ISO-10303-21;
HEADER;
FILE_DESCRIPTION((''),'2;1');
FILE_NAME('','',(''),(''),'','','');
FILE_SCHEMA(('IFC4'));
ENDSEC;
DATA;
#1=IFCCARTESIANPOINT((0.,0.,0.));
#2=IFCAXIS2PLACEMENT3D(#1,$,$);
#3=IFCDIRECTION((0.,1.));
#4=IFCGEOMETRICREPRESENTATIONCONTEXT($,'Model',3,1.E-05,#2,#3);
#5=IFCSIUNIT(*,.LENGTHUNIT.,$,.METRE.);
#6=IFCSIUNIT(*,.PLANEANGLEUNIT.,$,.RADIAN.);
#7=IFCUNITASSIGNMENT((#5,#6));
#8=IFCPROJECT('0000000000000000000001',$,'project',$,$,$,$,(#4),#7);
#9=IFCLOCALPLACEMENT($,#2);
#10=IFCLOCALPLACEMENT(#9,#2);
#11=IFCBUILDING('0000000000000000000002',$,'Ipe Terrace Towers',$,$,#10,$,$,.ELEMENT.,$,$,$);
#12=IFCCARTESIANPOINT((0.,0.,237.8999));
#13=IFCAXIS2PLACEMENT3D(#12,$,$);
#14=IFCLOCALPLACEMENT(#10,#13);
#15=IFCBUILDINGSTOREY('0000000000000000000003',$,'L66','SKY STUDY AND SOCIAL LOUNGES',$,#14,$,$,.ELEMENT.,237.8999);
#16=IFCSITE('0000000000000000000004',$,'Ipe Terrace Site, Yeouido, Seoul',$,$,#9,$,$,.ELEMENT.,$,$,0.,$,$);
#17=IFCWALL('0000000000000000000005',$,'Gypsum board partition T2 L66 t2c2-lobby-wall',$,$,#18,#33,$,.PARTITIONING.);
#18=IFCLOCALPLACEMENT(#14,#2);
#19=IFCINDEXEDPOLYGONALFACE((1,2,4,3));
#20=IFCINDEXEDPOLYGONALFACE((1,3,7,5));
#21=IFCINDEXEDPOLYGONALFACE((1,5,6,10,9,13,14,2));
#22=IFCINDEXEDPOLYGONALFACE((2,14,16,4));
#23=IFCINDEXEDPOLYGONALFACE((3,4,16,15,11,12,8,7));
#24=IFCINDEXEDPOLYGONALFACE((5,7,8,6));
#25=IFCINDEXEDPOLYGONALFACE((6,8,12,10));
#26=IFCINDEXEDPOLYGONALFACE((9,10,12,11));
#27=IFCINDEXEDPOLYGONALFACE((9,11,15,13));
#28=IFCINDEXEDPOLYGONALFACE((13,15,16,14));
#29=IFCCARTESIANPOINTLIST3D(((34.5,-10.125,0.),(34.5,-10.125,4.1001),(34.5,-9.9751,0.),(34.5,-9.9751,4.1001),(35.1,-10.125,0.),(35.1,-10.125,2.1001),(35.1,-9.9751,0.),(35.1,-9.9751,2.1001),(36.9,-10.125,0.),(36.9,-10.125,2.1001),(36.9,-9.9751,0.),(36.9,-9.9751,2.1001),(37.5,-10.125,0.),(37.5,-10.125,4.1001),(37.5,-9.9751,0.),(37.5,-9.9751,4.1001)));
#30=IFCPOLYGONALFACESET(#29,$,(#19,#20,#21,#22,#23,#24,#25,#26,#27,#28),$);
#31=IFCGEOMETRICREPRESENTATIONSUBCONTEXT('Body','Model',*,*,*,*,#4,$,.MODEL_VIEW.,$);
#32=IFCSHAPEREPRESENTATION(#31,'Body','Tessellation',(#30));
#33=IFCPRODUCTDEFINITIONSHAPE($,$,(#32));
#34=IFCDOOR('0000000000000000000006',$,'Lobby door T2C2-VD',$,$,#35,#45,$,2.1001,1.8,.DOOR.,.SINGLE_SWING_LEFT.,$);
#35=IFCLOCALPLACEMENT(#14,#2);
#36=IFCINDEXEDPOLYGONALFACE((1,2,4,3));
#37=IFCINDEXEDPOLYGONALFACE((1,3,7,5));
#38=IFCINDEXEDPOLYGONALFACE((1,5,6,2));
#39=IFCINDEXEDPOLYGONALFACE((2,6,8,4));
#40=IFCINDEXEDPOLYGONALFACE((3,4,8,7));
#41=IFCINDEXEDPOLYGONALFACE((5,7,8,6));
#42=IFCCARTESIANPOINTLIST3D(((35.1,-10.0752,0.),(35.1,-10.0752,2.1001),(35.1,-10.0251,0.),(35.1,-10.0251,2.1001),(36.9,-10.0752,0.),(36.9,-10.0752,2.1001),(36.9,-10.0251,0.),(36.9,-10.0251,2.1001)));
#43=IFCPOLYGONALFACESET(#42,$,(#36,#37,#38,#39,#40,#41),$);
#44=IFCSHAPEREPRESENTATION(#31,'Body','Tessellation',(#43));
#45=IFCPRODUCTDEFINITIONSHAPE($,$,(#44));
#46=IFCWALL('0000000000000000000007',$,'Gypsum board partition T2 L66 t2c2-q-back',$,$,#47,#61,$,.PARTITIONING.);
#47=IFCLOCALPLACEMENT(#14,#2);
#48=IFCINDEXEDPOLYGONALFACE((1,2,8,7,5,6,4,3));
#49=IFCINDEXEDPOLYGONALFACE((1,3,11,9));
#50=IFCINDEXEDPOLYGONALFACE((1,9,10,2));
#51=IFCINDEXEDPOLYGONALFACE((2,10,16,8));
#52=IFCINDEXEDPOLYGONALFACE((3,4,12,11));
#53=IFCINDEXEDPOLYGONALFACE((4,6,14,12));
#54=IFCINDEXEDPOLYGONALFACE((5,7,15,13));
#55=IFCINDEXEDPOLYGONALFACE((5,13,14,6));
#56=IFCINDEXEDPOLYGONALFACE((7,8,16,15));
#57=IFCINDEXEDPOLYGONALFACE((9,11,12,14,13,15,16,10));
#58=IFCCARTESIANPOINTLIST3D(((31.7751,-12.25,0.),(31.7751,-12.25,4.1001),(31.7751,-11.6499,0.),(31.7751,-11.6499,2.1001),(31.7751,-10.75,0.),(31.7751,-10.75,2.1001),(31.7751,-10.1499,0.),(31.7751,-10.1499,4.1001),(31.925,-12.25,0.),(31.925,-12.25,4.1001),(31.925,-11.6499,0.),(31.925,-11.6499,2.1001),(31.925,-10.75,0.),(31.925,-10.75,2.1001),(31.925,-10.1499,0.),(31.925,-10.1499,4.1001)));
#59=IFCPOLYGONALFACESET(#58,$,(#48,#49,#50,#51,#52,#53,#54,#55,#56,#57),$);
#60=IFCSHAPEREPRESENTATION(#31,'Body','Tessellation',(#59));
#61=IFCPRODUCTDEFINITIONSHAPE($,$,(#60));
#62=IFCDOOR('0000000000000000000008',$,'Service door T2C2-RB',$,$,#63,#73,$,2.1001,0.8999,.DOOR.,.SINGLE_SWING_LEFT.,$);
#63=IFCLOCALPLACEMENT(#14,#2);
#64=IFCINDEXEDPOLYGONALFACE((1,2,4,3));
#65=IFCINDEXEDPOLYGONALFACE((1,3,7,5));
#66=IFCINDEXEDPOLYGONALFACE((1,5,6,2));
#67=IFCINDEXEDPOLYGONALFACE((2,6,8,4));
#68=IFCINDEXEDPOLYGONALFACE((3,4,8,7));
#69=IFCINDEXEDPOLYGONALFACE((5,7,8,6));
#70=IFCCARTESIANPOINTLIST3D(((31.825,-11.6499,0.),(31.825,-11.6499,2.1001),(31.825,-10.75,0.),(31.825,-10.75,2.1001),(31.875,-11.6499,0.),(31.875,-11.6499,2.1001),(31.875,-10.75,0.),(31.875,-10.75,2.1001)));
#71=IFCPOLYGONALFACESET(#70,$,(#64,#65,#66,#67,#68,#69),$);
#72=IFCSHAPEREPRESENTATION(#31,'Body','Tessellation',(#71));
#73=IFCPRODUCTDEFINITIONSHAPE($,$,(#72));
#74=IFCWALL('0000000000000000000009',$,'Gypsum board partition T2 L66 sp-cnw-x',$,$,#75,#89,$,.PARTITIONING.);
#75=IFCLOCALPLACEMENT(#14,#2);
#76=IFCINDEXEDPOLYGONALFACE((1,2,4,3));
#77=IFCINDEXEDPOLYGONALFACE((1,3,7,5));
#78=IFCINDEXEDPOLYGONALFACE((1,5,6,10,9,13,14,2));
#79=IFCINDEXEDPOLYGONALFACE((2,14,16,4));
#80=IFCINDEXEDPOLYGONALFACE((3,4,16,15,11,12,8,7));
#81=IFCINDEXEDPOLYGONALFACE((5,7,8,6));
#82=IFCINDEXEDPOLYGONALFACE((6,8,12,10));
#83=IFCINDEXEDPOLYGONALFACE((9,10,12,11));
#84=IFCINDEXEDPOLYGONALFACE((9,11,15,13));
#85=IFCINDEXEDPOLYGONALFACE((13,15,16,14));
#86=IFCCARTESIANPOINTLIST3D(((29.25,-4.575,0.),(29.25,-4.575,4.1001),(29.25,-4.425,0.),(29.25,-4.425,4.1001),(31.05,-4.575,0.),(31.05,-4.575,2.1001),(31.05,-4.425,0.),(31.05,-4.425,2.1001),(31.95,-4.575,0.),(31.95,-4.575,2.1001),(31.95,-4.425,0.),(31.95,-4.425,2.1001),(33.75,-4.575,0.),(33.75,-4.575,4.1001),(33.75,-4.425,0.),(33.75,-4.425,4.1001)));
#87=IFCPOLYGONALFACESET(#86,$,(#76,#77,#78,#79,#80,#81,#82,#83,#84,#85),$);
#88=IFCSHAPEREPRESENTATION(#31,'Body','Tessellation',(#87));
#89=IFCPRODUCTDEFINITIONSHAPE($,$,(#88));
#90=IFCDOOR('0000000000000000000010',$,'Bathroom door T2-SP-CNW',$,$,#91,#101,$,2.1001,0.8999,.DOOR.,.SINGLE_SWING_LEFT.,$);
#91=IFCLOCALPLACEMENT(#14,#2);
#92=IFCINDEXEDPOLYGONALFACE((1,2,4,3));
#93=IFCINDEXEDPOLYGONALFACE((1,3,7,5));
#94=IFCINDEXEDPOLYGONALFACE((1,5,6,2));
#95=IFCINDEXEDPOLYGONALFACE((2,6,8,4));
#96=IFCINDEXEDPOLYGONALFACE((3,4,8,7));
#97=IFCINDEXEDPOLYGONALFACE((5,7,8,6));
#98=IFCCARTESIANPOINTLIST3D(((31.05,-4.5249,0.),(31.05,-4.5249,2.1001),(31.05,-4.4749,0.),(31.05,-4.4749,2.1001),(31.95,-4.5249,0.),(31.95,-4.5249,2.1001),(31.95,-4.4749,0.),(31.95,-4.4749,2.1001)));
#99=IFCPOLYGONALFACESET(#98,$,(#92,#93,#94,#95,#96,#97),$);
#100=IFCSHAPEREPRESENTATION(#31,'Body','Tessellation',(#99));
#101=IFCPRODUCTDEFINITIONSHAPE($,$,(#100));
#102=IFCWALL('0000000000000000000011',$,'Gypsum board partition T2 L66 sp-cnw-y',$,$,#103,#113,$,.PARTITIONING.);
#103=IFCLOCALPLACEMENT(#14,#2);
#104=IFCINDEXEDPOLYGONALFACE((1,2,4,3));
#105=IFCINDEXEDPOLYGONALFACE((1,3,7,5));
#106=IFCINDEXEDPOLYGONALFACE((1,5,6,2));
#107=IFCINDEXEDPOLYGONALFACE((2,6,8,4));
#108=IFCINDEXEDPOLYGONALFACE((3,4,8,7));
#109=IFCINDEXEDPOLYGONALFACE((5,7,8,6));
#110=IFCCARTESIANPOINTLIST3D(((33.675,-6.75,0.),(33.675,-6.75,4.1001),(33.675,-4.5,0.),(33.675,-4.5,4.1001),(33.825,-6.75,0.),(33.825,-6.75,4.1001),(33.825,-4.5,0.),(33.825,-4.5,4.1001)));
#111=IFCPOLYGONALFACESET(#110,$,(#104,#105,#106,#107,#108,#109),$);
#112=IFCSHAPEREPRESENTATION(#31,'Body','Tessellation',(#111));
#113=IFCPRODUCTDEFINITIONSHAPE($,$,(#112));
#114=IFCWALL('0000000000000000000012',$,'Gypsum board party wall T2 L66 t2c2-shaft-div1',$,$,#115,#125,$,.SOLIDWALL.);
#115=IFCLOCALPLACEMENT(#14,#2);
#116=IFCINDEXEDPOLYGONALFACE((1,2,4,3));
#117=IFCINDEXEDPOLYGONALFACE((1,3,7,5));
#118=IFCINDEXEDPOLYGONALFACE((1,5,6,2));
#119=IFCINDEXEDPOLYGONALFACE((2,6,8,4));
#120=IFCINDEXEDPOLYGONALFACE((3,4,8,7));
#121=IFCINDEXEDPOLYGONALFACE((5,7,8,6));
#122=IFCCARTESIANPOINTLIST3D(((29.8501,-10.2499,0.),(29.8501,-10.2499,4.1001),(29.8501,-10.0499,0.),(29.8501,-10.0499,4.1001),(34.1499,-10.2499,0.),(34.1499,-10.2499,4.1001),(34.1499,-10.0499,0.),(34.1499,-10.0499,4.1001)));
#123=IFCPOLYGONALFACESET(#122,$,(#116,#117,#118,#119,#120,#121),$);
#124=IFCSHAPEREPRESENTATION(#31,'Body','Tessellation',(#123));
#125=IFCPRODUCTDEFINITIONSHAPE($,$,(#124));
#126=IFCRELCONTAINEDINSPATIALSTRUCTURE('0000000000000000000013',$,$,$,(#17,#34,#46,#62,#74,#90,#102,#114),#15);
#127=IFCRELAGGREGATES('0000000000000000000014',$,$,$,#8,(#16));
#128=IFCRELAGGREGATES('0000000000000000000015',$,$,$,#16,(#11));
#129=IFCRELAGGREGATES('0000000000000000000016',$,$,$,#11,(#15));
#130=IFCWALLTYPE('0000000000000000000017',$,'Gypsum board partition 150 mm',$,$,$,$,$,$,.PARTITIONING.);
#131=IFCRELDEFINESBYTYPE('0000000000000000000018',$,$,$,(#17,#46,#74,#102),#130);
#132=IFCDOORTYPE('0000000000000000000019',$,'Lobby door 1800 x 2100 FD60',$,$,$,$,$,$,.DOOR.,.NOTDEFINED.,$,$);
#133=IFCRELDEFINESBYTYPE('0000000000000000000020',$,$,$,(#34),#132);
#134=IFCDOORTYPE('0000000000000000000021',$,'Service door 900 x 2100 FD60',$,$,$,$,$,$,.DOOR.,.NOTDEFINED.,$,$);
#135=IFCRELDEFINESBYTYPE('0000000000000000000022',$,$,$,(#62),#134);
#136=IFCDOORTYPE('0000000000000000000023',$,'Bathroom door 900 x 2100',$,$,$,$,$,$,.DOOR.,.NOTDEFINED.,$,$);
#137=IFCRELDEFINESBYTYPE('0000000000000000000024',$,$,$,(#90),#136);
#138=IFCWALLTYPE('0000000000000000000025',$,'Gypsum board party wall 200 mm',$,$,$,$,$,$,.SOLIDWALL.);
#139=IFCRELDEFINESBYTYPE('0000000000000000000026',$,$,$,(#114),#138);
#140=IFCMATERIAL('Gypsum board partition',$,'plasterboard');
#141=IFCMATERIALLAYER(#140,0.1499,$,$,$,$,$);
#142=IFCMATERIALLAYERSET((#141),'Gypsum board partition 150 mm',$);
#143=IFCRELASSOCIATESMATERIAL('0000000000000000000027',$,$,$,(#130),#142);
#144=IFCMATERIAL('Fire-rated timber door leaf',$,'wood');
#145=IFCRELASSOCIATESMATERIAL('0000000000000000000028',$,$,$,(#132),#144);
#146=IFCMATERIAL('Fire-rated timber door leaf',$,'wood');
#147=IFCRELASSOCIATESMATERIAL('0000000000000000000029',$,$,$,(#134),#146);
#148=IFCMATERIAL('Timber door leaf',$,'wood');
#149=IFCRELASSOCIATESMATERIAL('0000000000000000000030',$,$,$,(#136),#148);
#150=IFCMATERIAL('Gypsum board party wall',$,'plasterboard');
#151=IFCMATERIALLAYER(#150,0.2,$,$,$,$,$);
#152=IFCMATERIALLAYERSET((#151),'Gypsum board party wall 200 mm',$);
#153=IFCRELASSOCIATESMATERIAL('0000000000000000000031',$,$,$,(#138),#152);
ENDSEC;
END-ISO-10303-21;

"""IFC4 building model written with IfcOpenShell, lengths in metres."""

from ifc_helpers import new_model, si_unit, direction, frame, frame_2d, origin, place, context, subcontext, project, spatial, rectangle, extrude, material, layer, layer_set, type_object, element, fill, save


model = new_model("IFC4")

# Units and contexts
model_context = context("Model", 3, precision=1e-05, world=origin(), true_north=direction((0.0, 1.0)))
body_context = subcontext(model_context, "Body", "Model", "MODEL_VIEW")
ifc_project = project(units=[si_unit("LENGTHUNIT", "METRE"), si_unit("PLANEANGLEUNIT", "RADIAN")], contexts=[model_context])

# Site, building, storey
site_placement = place(None, origin())
site = spatial("IfcSite", under=ifc_project, at=site_placement, Name="Ipe Terrace Site, Yeouido, Seoul", CompositionType="ELEMENT", RefElevation=0.0)
building_placement = place(site_placement, origin())
building = spatial("IfcBuilding", under=site, at=building_placement, Name="Ipe Terrace Towers", CompositionType="ELEMENT")
storey_placement = place(building_placement, frame((0.0, 0.0, 237.8999)))
storey = spatial("IfcBuildingStorey", under=building, at=storey_placement, Name="L66", Description="SKY STUDY AND SOCIAL LOUNGES", CompositionType="ELEMENT", Elevation=237.8999)

# Walls, openings, doors
ifc_material_1 = material(Name="Gypsum board partition", Category="plasterboard")
ifc_layer_1 = layer(ifc_material_1, 0.1499)
ifc_layer_set_1 = layer_set([ifc_layer_1], Name="Gypsum board partition 150 mm")
wall_type_1 = type_object("IfcWallType", Name="Gypsum board partition 150 mm", PredefinedType="PARTITIONING", material=ifc_layer_set_1)
wall_1_placement = place(storey_placement, frame((34.5, -10.05, 0.0), z_axis=(0.0, 0.0, 1.0), x_axis=(1.0, 0.0, 0.0)))
wall_1 = element("IfcWall", 1, at=wall_1_placement, inside=storey, type_object=wall_type_1, Name="Gypsum board partition T2 L66 t2c2-lobby-wall", PredefinedType="PARTITIONING", context=body_context, shape_type="SweptSolid", body=[
    extrude(rectangle(XDim=3.0, YDim=0.1499, at=frame_2d((1.5, 0.0))), origin(), (0.0, 0.0, 1.0), 4.1001),
])
opening_1_placement = place(wall_1_placement, frame((0.6001, 0.0, 0.0)))
opening_1 = element("IfcOpeningElement", 2, at=opening_1_placement, cuts=wall_1, PredefinedType="OPENING", context=body_context, shape_type="SweptSolid", body=[
    extrude(rectangle(XDim=1.8, YDim=2.1001, at=frame_2d((0.8999, 1.05))), frame((0.0, 0.085, 0.0), z_axis=(0.0, -1.0, 0.0), x_axis=(1.0, 0.0, 0.0)), (0.0, 0.0, 1.0), 0.1699),
])
ifc_material_2 = material(Name="Fire-rated timber door leaf", Category="wood")
door_type_1 = type_object("IfcDoorType", Name="Lobby door 1800 x 2100 FD60", OperationType="NOTDEFINED", PredefinedType="DOOR", material=ifc_material_2)
door_1_placement = place(opening_1_placement, origin())
door_1 = element("IfcDoor", 3, at=door_1_placement, inside=storey, type_object=door_type_1, Name="Lobby door T2C2-VD", OperationType="SINGLE_SWING_LEFT", OverallHeight=2.1001, OverallWidth=1.8, PredefinedType="DOOR", context=body_context, shape_type="SweptSolid", body=[
    extrude(rectangle(XDim=1.8, YDim=2.1001, at=frame_2d((0.8999, 1.05))), frame((0.0, 0.0249, 0.0), z_axis=(0.0, -1.0, 0.0), x_axis=(1.0, 0.0, 0.0)), (0.0, 0.0, 1.0), 0.05),
])
fill(opening_1, door_1)
wall_2_placement = place(storey_placement, frame((31.8501, -10.1499, 0.0), z_axis=(0.0, 0.0, 1.0), x_axis=(0.0, -1.0, 0.0)))
wall_2 = element("IfcWall", 4, at=wall_2_placement, inside=storey, type_object=wall_type_1, Name="Gypsum board partition T2 L66 t2c2-q-back", PredefinedType="PARTITIONING", context=body_context, shape_type="SweptSolid", body=[
    extrude(rectangle(XDim=2.1001, YDim=0.1499, at=frame_2d((1.05, 0.0))), origin(), (0.0, 0.0, 1.0), 4.1001),
])
opening_2_placement = place(wall_2_placement, frame((0.6001, 0.0, 0.0)))
opening_2 = element("IfcOpeningElement", 5, at=opening_2_placement, cuts=wall_2, PredefinedType="OPENING", context=body_context, shape_type="SweptSolid", body=[
    extrude(rectangle(XDim=0.8999, YDim=2.1001, at=frame_2d((0.45, 1.05))), frame((0.0, 0.085, 0.0), z_axis=(0.0, -1.0, 0.0), x_axis=(1.0, 0.0, 0.0)), (0.0, 0.0, 1.0), 0.1699),
])
ifc_material_3 = material(Name="Fire-rated timber door leaf", Category="wood")
door_type_2 = type_object("IfcDoorType", Name="Service door 900 x 2100 FD60", OperationType="NOTDEFINED", PredefinedType="DOOR", material=ifc_material_3)
door_2_placement = place(opening_2_placement, origin())
door_2 = element("IfcDoor", 6, at=door_2_placement, inside=storey, type_object=door_type_2, Name="Service door T2C2-RB", OperationType="SINGLE_SWING_LEFT", OverallHeight=2.1001, OverallWidth=0.8999, PredefinedType="DOOR", context=body_context, shape_type="SweptSolid", body=[
    extrude(rectangle(XDim=0.8999, YDim=2.1001, at=frame_2d((0.45, 1.05))), frame((0.0, 0.0249, 0.0), z_axis=(0.0, -1.0, 0.0), x_axis=(1.0, 0.0, 0.0)), (0.0, 0.0, 1.0), 0.05),
])
fill(opening_2, door_2)
wall_3_placement = place(storey_placement, frame((33.75, -4.5, 0.0), z_axis=(0.0, 0.0, 1.0), x_axis=(-1.0, 0.0, 0.0)))
wall_3 = element("IfcWall", 7, at=wall_3_placement, inside=storey, type_object=wall_type_1, Name="Gypsum board partition T2 L66 sp-cnw-x", PredefinedType="PARTITIONING", context=body_context, shape_type="SweptSolid", body=[
    extrude(rectangle(XDim=4.5, YDim=0.1499, at=frame_2d((2.25, 0.0))), origin(), (0.0, 0.0, 1.0), 4.1001),
])
opening_3_placement = place(wall_3_placement, frame((1.8, 0.0, 0.0)))
opening_3 = element("IfcOpeningElement", 8, at=opening_3_placement, cuts=wall_3, PredefinedType="OPENING", context=body_context, shape_type="SweptSolid", body=[
    extrude(rectangle(XDim=0.8999, YDim=2.1001, at=frame_2d((0.45, 1.05))), frame((0.0, 0.085, 0.0), z_axis=(0.0, -1.0, 0.0), x_axis=(1.0, 0.0, 0.0)), (0.0, 0.0, 1.0), 0.1699),
])
ifc_material_4 = material(Name="Timber door leaf", Category="wood")
door_type_3 = type_object("IfcDoorType", Name="Bathroom door 900 x 2100", OperationType="NOTDEFINED", PredefinedType="DOOR", material=ifc_material_4)
door_3_placement = place(opening_3_placement, origin())
door_3 = element("IfcDoor", 9, at=door_3_placement, inside=storey, type_object=door_type_3, Name="Bathroom door T2-SP-CNW", OperationType="SINGLE_SWING_LEFT", OverallHeight=2.1001, OverallWidth=0.8999, PredefinedType="DOOR", context=body_context, shape_type="SweptSolid", body=[
    extrude(rectangle(XDim=0.8999, YDim=2.1001, at=frame_2d((0.45, 1.05))), frame((0.0, 0.0249, 0.0), z_axis=(0.0, -1.0, 0.0), x_axis=(1.0, 0.0, 0.0)), (0.0, 0.0, 1.0), 0.05),
])
fill(opening_3, door_3)

# Walls
wall_4_placement = place(storey_placement, frame((33.75, -6.75, 0.0), z_axis=(0.0, 0.0, 1.0), x_axis=(0.0, 1.0, 0.0)))
element("IfcWall", 10, at=wall_4_placement, inside=storey, type_object=wall_type_1, Name="Gypsum board partition T2 L66 sp-cnw-y", PredefinedType="PARTITIONING", context=body_context, shape_type="SweptSolid", body=[
    extrude(rectangle(XDim=2.25, YDim=0.1499, at=frame_2d((1.125, 0.0))), origin(), (0.0, 0.0, 1.0), 4.1001),
])
ifc_material_5 = material(Name="Gypsum board party wall", Category="plasterboard")
ifc_layer_2 = layer(ifc_material_5, 0.2)
ifc_layer_set_2 = layer_set([ifc_layer_2], Name="Gypsum board party wall 200 mm")
wall_type_2 = type_object("IfcWallType", Name="Gypsum board party wall 200 mm", PredefinedType="SOLIDWALL", material=ifc_layer_set_2)
wall_5_placement = place(storey_placement, frame((29.8501, -10.1499, 0.0), z_axis=(0.0, 0.0, 1.0), x_axis=(1.0, 0.0, 0.0)))
element("IfcWall", 11, at=wall_5_placement, inside=storey, type_object=wall_type_2, Name="Gypsum board party wall T2 L66 t2c2-shaft-div1", PredefinedType="SOLIDWALL", context=body_context, shape_type="SweptSolid", body=[
    extrude(rectangle(XDim=4.2998, YDim=0.2, at=frame_2d((2.1499, 0.0))), origin(), (0.0, 0.0, 1.0), 4.1001),
])

save(model, "model.ifc")
